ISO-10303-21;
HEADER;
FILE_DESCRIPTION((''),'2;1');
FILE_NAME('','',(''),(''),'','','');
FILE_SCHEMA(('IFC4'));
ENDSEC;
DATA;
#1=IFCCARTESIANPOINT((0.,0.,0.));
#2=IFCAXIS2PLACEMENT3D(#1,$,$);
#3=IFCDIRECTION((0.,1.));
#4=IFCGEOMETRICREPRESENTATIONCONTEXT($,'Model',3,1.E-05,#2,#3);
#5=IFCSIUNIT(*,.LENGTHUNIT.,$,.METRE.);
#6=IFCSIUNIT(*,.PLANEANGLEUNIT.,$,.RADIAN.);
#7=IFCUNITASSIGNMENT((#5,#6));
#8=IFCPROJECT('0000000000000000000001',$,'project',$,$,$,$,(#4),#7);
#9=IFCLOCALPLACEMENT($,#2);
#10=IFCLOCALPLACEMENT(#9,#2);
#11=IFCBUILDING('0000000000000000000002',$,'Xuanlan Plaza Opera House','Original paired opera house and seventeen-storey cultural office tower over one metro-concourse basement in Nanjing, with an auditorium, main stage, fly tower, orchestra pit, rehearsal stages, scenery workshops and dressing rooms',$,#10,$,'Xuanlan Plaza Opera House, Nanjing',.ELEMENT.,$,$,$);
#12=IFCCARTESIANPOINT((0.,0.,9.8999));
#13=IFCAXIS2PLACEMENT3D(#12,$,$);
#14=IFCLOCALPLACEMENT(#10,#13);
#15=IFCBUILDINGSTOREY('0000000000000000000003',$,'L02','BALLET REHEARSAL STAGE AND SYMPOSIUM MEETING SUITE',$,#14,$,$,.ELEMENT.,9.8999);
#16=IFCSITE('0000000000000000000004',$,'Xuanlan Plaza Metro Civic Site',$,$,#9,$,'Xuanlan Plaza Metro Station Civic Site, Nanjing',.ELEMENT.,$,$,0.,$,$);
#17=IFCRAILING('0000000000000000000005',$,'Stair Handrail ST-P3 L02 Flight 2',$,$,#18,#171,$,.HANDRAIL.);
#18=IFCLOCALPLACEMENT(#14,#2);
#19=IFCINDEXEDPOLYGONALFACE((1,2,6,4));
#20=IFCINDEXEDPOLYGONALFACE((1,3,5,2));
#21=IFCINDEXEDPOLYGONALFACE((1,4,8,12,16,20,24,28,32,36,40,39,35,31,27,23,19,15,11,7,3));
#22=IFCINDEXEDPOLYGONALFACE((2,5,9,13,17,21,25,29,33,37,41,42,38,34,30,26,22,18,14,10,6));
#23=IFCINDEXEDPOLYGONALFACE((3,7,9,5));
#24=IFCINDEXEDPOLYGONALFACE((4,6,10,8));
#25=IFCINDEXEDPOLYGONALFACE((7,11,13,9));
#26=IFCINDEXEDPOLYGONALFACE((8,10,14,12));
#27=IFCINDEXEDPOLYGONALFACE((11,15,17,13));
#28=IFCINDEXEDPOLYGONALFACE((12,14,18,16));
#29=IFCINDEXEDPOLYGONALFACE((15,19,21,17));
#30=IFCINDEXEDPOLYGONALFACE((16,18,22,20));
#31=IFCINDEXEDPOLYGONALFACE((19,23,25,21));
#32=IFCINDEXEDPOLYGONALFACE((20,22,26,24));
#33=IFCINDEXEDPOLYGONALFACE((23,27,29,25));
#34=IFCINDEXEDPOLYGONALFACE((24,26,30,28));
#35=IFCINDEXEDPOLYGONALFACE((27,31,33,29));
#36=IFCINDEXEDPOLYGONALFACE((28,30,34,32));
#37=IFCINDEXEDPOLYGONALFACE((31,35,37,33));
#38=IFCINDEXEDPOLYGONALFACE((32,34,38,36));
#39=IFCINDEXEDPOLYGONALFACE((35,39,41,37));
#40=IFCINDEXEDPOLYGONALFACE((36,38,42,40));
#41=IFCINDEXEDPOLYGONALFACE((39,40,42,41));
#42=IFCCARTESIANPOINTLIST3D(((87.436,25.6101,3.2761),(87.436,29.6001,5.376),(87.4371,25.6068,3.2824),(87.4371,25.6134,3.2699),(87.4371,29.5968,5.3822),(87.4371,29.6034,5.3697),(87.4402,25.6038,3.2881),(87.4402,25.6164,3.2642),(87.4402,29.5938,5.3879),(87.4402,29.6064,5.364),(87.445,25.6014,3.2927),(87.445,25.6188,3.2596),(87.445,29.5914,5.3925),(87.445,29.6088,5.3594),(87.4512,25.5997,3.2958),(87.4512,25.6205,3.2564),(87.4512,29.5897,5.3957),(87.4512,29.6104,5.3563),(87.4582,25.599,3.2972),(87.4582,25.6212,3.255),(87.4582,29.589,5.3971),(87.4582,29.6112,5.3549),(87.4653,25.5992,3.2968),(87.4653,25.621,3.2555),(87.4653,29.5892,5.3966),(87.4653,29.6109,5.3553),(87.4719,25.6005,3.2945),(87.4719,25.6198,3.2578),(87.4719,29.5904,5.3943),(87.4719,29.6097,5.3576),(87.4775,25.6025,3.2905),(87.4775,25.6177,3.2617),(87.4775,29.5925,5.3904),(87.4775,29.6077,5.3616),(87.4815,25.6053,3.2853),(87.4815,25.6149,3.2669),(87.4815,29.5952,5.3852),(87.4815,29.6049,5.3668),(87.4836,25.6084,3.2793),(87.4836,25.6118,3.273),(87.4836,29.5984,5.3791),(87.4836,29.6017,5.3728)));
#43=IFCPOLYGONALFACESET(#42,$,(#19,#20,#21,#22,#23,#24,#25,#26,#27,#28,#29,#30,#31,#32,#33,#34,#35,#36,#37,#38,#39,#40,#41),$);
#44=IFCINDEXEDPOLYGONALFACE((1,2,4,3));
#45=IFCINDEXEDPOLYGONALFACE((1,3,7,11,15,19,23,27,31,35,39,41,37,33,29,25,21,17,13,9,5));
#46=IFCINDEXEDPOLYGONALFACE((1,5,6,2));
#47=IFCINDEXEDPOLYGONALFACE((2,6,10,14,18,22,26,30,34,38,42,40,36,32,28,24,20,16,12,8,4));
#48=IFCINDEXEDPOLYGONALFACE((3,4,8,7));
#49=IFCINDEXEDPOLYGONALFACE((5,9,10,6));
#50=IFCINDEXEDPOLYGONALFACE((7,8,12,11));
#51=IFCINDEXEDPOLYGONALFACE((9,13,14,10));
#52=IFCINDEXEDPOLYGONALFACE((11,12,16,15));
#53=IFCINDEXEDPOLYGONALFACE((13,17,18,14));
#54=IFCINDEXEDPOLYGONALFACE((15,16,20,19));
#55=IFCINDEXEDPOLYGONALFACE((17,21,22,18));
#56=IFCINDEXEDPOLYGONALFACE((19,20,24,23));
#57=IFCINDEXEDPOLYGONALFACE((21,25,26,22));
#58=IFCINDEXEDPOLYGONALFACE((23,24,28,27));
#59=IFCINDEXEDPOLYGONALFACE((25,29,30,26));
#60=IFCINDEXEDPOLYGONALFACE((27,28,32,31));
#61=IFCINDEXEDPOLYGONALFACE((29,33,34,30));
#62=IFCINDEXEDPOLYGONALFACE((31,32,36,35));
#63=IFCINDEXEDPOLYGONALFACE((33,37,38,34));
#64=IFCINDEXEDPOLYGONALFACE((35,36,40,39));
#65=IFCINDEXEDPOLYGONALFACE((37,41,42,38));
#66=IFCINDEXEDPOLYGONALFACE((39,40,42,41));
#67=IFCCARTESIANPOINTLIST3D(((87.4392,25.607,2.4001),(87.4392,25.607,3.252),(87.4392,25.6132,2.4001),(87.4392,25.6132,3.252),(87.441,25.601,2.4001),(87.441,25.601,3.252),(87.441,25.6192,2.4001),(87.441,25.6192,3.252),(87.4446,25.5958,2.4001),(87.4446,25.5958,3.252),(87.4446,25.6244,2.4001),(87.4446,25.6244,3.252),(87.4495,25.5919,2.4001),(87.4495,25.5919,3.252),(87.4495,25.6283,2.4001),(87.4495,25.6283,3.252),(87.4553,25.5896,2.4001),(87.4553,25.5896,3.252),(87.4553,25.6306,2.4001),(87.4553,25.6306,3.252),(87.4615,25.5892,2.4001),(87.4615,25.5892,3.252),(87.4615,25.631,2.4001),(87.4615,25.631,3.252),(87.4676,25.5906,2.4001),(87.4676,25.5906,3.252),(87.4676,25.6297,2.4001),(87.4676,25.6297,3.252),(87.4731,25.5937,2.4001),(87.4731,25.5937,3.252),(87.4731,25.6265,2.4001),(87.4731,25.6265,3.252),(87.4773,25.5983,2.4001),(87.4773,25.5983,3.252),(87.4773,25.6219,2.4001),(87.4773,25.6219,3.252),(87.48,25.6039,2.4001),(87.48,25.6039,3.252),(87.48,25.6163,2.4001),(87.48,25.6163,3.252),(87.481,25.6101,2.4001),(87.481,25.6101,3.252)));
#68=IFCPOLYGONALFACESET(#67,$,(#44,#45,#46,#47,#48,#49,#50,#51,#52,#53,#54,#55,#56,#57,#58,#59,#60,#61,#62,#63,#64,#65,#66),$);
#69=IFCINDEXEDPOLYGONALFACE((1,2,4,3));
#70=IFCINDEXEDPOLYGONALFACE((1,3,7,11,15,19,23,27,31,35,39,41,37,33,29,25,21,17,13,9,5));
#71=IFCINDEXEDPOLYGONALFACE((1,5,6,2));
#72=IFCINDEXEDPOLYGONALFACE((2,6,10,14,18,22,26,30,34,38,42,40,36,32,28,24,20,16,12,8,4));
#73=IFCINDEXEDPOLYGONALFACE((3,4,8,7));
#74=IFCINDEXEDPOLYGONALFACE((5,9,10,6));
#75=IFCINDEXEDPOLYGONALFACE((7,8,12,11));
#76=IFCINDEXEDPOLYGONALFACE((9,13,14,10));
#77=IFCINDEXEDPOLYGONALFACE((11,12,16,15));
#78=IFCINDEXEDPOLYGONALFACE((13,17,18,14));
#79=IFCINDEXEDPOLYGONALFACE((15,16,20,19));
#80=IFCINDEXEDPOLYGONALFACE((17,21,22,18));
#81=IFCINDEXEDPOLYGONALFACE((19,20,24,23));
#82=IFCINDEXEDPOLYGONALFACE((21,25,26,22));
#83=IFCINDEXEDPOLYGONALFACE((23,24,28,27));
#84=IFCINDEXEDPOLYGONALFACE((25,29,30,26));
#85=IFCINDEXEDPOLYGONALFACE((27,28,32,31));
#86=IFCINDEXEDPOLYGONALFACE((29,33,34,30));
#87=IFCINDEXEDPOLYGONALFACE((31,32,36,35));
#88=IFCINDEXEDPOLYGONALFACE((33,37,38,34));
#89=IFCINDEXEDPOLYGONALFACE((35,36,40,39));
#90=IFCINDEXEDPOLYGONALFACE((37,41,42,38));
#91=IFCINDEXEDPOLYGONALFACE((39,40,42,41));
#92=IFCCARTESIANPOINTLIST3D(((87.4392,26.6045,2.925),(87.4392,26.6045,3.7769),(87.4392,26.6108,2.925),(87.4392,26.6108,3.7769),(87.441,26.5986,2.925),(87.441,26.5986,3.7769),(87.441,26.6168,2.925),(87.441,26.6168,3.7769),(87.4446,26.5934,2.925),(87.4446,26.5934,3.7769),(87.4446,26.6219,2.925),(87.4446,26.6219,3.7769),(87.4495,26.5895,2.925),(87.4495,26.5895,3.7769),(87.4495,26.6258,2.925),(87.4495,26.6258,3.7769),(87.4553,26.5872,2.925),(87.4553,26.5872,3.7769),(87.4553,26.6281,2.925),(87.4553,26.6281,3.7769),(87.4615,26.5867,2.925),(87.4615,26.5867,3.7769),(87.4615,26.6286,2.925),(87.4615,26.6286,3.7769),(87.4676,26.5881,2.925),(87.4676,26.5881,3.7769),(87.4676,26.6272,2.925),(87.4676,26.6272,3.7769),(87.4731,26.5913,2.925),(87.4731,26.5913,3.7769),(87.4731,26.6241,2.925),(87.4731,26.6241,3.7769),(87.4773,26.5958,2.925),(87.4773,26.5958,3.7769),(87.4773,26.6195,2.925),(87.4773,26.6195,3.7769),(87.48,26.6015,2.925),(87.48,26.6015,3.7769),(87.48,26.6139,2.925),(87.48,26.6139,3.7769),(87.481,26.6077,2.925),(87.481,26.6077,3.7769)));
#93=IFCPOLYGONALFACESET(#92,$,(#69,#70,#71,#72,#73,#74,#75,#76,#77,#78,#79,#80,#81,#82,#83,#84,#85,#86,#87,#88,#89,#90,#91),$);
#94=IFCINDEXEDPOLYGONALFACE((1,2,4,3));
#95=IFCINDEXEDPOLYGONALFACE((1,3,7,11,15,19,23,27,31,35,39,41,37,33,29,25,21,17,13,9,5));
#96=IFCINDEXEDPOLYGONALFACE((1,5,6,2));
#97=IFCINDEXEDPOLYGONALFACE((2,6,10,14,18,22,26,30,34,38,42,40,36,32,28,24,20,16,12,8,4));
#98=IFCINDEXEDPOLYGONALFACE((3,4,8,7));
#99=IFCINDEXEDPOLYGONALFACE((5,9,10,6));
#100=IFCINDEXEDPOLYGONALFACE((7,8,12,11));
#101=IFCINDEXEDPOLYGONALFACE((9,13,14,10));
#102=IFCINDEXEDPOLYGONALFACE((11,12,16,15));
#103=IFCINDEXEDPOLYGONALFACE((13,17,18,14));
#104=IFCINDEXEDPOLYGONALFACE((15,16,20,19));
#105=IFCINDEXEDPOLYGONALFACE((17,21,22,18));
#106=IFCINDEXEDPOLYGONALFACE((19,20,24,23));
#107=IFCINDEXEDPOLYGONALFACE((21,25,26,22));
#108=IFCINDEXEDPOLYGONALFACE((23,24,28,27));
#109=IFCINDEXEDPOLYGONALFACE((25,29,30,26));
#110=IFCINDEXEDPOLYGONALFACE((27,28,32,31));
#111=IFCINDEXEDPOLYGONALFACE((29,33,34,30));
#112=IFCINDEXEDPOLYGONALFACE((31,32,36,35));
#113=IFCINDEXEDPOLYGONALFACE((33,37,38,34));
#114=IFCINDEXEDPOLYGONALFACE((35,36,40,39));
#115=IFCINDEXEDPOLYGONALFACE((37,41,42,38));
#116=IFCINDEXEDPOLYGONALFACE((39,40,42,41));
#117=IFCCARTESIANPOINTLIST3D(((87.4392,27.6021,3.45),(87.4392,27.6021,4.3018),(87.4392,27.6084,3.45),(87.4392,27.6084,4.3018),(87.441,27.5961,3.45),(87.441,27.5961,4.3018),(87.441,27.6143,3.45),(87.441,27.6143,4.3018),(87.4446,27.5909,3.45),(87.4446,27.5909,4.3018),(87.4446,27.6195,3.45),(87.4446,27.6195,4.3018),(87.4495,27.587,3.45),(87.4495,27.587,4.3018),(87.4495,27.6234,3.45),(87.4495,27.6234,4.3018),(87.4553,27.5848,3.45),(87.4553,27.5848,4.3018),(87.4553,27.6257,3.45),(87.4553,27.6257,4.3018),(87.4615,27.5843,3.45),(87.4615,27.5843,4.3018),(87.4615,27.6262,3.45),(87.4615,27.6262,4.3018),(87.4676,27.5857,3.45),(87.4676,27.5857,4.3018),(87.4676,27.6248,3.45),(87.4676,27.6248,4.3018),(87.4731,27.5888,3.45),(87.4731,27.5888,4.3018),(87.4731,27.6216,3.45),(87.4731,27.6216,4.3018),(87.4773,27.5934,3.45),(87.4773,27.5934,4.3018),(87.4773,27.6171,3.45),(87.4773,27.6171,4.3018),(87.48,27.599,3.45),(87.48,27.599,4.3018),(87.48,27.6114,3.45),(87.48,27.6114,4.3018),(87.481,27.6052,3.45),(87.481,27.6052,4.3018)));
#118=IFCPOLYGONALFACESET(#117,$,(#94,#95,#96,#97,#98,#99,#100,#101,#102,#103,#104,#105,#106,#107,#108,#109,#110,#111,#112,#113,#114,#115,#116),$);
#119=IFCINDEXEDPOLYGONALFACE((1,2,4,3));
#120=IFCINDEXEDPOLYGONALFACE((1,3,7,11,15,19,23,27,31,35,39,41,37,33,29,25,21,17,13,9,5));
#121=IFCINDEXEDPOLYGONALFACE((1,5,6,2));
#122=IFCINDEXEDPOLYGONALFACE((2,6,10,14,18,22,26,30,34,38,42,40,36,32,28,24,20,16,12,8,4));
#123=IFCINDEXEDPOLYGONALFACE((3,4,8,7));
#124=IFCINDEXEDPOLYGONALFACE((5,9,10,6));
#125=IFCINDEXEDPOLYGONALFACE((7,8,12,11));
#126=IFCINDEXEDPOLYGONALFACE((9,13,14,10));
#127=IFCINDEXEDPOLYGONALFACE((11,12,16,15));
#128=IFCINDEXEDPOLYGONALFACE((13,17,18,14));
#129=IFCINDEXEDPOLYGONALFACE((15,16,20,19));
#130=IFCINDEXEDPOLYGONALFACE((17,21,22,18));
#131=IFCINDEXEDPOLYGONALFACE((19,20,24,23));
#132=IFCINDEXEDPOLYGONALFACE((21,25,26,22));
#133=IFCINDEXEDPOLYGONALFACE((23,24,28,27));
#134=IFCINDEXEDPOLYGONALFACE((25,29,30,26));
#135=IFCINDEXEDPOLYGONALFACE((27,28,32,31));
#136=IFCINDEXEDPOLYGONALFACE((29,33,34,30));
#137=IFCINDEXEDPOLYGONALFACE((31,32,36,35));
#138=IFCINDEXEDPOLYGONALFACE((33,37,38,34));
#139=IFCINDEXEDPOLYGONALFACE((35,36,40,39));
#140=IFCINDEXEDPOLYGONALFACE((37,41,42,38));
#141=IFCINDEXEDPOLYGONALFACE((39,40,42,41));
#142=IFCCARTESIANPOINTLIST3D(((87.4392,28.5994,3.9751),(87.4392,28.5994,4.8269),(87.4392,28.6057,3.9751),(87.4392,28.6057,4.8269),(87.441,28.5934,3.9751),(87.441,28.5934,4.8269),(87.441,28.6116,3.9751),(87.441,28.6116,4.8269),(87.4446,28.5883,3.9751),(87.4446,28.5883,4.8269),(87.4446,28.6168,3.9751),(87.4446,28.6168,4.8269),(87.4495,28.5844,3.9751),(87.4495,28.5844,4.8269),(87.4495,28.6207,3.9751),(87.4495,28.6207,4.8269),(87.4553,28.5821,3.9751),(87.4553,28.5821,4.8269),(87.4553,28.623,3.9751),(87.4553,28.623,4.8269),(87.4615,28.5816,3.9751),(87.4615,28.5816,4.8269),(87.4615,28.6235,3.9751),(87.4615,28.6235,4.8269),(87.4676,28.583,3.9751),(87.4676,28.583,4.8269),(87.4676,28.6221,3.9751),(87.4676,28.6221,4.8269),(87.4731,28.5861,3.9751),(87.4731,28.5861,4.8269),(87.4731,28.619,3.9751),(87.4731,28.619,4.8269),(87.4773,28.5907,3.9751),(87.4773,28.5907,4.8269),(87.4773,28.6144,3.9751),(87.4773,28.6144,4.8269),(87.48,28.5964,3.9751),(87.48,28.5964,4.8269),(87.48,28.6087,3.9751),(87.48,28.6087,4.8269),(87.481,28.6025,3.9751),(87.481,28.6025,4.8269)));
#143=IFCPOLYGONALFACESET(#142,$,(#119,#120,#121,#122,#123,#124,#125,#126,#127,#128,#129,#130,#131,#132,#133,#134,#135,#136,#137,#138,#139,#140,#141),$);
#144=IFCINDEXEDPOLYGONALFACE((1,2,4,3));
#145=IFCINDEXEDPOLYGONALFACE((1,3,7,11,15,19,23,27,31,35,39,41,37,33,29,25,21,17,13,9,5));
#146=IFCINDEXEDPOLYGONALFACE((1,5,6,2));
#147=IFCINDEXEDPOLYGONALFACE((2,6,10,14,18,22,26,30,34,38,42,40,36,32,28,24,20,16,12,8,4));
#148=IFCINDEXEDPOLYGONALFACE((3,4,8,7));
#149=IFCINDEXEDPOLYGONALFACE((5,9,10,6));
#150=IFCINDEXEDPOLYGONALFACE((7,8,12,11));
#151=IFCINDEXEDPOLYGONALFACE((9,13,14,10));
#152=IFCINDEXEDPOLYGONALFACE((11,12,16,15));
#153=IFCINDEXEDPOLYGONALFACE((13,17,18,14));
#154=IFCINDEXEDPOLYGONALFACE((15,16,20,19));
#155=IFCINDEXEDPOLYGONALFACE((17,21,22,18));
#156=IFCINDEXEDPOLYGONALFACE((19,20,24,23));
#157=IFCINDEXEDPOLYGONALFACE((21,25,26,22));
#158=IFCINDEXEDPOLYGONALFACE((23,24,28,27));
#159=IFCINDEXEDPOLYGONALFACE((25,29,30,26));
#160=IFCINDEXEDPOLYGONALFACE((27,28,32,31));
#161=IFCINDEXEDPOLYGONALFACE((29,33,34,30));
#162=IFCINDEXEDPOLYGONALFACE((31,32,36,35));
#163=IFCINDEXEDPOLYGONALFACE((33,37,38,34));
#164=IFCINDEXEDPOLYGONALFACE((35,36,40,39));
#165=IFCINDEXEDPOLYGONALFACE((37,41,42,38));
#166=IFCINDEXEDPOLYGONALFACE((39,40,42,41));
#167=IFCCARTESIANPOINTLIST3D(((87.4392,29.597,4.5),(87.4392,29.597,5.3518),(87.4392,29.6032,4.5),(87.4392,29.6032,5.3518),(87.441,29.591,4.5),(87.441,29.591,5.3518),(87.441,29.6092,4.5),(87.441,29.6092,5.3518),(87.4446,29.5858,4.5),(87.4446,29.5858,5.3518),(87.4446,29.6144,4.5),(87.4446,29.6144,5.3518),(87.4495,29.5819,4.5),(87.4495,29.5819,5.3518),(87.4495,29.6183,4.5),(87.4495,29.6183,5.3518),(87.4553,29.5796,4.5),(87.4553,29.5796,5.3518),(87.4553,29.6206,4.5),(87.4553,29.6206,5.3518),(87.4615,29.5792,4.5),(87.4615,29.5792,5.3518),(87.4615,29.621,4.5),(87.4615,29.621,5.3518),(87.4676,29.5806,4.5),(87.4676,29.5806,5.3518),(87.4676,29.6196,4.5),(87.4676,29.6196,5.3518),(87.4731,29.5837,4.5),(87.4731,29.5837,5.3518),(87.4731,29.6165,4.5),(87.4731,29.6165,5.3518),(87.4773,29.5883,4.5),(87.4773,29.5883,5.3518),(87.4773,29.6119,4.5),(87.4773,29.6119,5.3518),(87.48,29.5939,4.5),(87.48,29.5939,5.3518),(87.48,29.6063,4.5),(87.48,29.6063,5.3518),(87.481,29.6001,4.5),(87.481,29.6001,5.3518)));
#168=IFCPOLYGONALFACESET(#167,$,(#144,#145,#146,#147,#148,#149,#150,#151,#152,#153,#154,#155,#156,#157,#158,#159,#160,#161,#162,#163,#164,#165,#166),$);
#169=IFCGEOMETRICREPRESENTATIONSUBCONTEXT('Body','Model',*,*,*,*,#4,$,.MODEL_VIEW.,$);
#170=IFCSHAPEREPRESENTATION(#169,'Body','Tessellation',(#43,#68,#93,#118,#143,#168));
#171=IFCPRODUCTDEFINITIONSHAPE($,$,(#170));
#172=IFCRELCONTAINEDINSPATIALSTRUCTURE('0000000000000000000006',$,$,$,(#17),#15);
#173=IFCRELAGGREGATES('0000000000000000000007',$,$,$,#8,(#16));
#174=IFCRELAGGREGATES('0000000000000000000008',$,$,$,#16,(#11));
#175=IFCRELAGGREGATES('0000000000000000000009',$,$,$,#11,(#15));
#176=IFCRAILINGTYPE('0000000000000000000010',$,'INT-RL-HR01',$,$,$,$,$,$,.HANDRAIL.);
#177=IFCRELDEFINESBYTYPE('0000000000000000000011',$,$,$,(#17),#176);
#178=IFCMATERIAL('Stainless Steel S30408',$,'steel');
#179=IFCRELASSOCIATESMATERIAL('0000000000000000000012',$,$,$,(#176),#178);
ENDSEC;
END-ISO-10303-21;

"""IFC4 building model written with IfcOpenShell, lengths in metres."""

from ifc_helpers import new_model, si_unit, direction, frame, origin, origin_2d, place, context, subcontext, project, spatial, circle, extrude, material, type_object, element, save


model = new_model("IFC4")

# Units and contexts
model_context = context("Model", 3, precision=1e-05, world=origin(), true_north=direction((0.0, 1.0)))
body_context = subcontext(model_context, "Body", "Model", "MODEL_VIEW")
ifc_project = project(units=[si_unit("LENGTHUNIT", "METRE"), si_unit("PLANEANGLEUNIT", "RADIAN")], contexts=[model_context])

# Site, building, storey
site_placement = place(None, origin())
site = spatial("IfcSite", under=ifc_project, at=site_placement, Name="Xuanlan Plaza Metro Civic Site", LongName="Xuanlan Plaza Metro Station Civic Site, Nanjing", CompositionType="ELEMENT", RefElevation=0.0)
building_placement = place(site_placement, origin())
building = spatial("IfcBuilding", under=site, at=building_placement, Name="Xuanlan Plaza Opera House", Description="Original paired opera house and seventeen-storey cultural office tower over one metro-concourse basement in Nanjing, with an auditorium, main stage, fly tower, orchestra pit, rehearsal stages, scenery workshops and dressing rooms", LongName="Xuanlan Plaza Opera House, Nanjing", CompositionType="ELEMENT")
storey_placement = place(building_placement, frame((0.0, 0.0, 9.8999)))
storey = spatial("IfcBuildingStorey", under=building, at=storey_placement, Name="L02", Description="BALLET REHEARSAL STAGE AND SYMPOSIUM MEETING SUITE", CompositionType="ELEMENT", Elevation=9.8999)

# Railing
ifc_material_1 = material(Name="Stainless Steel S30408", Category="steel")
railing_type = type_object("IfcRailingType", Name="INT-RL-HR01", PredefinedType="HANDRAIL", material=ifc_material_1)
for number, where, name in (
    (1, (87.46, 25.6101, 2.4001), "Stair Handrail ST-P3 L02 Flight 2"),
):
    element("IfcRailing", number, at=place(storey_placement, frame(where)), inside=storey, type_object=railing_type, Name=name, PredefinedType="HANDRAIL", context=body_context, shape_type="SweptSolid", body=[
        extrude(circle(Radius=0.0239, at=origin_2d()), frame((0.0, 0.0, 0.876), z_axis=(0.0, 0.884931, 0.465722), x_axis=(-1.0, 0.0, 0.0)), (0.0, 0.0, 1.0), 4.5088),
        extrude(circle(Radius=0.021, at=origin_2d()), origin(), (0.0, 0.0, 1.0), 0.8518),
        extrude(circle(Radius=0.021, at=origin_2d()), frame((0.0, 0.9976, 0.5249)), (0.0, 0.0, 1.0), 0.8518),
        extrude(circle(Radius=0.021, at=origin_2d()), frame((0.0, 1.9951, 1.0498)), (0.0, 0.0, 1.0), 0.8518),
        extrude(circle(Radius=0.021, at=origin_2d()), frame((0.0, 2.9924, 1.575)), (0.0, 0.0, 1.0), 0.8518),
        extrude(circle(Radius=0.021, at=origin_2d()), frame((0.0, 3.99, 2.0999)), (0.0, 0.0, 1.0), 0.8518),
    ])

save(model, "model.ifc")
